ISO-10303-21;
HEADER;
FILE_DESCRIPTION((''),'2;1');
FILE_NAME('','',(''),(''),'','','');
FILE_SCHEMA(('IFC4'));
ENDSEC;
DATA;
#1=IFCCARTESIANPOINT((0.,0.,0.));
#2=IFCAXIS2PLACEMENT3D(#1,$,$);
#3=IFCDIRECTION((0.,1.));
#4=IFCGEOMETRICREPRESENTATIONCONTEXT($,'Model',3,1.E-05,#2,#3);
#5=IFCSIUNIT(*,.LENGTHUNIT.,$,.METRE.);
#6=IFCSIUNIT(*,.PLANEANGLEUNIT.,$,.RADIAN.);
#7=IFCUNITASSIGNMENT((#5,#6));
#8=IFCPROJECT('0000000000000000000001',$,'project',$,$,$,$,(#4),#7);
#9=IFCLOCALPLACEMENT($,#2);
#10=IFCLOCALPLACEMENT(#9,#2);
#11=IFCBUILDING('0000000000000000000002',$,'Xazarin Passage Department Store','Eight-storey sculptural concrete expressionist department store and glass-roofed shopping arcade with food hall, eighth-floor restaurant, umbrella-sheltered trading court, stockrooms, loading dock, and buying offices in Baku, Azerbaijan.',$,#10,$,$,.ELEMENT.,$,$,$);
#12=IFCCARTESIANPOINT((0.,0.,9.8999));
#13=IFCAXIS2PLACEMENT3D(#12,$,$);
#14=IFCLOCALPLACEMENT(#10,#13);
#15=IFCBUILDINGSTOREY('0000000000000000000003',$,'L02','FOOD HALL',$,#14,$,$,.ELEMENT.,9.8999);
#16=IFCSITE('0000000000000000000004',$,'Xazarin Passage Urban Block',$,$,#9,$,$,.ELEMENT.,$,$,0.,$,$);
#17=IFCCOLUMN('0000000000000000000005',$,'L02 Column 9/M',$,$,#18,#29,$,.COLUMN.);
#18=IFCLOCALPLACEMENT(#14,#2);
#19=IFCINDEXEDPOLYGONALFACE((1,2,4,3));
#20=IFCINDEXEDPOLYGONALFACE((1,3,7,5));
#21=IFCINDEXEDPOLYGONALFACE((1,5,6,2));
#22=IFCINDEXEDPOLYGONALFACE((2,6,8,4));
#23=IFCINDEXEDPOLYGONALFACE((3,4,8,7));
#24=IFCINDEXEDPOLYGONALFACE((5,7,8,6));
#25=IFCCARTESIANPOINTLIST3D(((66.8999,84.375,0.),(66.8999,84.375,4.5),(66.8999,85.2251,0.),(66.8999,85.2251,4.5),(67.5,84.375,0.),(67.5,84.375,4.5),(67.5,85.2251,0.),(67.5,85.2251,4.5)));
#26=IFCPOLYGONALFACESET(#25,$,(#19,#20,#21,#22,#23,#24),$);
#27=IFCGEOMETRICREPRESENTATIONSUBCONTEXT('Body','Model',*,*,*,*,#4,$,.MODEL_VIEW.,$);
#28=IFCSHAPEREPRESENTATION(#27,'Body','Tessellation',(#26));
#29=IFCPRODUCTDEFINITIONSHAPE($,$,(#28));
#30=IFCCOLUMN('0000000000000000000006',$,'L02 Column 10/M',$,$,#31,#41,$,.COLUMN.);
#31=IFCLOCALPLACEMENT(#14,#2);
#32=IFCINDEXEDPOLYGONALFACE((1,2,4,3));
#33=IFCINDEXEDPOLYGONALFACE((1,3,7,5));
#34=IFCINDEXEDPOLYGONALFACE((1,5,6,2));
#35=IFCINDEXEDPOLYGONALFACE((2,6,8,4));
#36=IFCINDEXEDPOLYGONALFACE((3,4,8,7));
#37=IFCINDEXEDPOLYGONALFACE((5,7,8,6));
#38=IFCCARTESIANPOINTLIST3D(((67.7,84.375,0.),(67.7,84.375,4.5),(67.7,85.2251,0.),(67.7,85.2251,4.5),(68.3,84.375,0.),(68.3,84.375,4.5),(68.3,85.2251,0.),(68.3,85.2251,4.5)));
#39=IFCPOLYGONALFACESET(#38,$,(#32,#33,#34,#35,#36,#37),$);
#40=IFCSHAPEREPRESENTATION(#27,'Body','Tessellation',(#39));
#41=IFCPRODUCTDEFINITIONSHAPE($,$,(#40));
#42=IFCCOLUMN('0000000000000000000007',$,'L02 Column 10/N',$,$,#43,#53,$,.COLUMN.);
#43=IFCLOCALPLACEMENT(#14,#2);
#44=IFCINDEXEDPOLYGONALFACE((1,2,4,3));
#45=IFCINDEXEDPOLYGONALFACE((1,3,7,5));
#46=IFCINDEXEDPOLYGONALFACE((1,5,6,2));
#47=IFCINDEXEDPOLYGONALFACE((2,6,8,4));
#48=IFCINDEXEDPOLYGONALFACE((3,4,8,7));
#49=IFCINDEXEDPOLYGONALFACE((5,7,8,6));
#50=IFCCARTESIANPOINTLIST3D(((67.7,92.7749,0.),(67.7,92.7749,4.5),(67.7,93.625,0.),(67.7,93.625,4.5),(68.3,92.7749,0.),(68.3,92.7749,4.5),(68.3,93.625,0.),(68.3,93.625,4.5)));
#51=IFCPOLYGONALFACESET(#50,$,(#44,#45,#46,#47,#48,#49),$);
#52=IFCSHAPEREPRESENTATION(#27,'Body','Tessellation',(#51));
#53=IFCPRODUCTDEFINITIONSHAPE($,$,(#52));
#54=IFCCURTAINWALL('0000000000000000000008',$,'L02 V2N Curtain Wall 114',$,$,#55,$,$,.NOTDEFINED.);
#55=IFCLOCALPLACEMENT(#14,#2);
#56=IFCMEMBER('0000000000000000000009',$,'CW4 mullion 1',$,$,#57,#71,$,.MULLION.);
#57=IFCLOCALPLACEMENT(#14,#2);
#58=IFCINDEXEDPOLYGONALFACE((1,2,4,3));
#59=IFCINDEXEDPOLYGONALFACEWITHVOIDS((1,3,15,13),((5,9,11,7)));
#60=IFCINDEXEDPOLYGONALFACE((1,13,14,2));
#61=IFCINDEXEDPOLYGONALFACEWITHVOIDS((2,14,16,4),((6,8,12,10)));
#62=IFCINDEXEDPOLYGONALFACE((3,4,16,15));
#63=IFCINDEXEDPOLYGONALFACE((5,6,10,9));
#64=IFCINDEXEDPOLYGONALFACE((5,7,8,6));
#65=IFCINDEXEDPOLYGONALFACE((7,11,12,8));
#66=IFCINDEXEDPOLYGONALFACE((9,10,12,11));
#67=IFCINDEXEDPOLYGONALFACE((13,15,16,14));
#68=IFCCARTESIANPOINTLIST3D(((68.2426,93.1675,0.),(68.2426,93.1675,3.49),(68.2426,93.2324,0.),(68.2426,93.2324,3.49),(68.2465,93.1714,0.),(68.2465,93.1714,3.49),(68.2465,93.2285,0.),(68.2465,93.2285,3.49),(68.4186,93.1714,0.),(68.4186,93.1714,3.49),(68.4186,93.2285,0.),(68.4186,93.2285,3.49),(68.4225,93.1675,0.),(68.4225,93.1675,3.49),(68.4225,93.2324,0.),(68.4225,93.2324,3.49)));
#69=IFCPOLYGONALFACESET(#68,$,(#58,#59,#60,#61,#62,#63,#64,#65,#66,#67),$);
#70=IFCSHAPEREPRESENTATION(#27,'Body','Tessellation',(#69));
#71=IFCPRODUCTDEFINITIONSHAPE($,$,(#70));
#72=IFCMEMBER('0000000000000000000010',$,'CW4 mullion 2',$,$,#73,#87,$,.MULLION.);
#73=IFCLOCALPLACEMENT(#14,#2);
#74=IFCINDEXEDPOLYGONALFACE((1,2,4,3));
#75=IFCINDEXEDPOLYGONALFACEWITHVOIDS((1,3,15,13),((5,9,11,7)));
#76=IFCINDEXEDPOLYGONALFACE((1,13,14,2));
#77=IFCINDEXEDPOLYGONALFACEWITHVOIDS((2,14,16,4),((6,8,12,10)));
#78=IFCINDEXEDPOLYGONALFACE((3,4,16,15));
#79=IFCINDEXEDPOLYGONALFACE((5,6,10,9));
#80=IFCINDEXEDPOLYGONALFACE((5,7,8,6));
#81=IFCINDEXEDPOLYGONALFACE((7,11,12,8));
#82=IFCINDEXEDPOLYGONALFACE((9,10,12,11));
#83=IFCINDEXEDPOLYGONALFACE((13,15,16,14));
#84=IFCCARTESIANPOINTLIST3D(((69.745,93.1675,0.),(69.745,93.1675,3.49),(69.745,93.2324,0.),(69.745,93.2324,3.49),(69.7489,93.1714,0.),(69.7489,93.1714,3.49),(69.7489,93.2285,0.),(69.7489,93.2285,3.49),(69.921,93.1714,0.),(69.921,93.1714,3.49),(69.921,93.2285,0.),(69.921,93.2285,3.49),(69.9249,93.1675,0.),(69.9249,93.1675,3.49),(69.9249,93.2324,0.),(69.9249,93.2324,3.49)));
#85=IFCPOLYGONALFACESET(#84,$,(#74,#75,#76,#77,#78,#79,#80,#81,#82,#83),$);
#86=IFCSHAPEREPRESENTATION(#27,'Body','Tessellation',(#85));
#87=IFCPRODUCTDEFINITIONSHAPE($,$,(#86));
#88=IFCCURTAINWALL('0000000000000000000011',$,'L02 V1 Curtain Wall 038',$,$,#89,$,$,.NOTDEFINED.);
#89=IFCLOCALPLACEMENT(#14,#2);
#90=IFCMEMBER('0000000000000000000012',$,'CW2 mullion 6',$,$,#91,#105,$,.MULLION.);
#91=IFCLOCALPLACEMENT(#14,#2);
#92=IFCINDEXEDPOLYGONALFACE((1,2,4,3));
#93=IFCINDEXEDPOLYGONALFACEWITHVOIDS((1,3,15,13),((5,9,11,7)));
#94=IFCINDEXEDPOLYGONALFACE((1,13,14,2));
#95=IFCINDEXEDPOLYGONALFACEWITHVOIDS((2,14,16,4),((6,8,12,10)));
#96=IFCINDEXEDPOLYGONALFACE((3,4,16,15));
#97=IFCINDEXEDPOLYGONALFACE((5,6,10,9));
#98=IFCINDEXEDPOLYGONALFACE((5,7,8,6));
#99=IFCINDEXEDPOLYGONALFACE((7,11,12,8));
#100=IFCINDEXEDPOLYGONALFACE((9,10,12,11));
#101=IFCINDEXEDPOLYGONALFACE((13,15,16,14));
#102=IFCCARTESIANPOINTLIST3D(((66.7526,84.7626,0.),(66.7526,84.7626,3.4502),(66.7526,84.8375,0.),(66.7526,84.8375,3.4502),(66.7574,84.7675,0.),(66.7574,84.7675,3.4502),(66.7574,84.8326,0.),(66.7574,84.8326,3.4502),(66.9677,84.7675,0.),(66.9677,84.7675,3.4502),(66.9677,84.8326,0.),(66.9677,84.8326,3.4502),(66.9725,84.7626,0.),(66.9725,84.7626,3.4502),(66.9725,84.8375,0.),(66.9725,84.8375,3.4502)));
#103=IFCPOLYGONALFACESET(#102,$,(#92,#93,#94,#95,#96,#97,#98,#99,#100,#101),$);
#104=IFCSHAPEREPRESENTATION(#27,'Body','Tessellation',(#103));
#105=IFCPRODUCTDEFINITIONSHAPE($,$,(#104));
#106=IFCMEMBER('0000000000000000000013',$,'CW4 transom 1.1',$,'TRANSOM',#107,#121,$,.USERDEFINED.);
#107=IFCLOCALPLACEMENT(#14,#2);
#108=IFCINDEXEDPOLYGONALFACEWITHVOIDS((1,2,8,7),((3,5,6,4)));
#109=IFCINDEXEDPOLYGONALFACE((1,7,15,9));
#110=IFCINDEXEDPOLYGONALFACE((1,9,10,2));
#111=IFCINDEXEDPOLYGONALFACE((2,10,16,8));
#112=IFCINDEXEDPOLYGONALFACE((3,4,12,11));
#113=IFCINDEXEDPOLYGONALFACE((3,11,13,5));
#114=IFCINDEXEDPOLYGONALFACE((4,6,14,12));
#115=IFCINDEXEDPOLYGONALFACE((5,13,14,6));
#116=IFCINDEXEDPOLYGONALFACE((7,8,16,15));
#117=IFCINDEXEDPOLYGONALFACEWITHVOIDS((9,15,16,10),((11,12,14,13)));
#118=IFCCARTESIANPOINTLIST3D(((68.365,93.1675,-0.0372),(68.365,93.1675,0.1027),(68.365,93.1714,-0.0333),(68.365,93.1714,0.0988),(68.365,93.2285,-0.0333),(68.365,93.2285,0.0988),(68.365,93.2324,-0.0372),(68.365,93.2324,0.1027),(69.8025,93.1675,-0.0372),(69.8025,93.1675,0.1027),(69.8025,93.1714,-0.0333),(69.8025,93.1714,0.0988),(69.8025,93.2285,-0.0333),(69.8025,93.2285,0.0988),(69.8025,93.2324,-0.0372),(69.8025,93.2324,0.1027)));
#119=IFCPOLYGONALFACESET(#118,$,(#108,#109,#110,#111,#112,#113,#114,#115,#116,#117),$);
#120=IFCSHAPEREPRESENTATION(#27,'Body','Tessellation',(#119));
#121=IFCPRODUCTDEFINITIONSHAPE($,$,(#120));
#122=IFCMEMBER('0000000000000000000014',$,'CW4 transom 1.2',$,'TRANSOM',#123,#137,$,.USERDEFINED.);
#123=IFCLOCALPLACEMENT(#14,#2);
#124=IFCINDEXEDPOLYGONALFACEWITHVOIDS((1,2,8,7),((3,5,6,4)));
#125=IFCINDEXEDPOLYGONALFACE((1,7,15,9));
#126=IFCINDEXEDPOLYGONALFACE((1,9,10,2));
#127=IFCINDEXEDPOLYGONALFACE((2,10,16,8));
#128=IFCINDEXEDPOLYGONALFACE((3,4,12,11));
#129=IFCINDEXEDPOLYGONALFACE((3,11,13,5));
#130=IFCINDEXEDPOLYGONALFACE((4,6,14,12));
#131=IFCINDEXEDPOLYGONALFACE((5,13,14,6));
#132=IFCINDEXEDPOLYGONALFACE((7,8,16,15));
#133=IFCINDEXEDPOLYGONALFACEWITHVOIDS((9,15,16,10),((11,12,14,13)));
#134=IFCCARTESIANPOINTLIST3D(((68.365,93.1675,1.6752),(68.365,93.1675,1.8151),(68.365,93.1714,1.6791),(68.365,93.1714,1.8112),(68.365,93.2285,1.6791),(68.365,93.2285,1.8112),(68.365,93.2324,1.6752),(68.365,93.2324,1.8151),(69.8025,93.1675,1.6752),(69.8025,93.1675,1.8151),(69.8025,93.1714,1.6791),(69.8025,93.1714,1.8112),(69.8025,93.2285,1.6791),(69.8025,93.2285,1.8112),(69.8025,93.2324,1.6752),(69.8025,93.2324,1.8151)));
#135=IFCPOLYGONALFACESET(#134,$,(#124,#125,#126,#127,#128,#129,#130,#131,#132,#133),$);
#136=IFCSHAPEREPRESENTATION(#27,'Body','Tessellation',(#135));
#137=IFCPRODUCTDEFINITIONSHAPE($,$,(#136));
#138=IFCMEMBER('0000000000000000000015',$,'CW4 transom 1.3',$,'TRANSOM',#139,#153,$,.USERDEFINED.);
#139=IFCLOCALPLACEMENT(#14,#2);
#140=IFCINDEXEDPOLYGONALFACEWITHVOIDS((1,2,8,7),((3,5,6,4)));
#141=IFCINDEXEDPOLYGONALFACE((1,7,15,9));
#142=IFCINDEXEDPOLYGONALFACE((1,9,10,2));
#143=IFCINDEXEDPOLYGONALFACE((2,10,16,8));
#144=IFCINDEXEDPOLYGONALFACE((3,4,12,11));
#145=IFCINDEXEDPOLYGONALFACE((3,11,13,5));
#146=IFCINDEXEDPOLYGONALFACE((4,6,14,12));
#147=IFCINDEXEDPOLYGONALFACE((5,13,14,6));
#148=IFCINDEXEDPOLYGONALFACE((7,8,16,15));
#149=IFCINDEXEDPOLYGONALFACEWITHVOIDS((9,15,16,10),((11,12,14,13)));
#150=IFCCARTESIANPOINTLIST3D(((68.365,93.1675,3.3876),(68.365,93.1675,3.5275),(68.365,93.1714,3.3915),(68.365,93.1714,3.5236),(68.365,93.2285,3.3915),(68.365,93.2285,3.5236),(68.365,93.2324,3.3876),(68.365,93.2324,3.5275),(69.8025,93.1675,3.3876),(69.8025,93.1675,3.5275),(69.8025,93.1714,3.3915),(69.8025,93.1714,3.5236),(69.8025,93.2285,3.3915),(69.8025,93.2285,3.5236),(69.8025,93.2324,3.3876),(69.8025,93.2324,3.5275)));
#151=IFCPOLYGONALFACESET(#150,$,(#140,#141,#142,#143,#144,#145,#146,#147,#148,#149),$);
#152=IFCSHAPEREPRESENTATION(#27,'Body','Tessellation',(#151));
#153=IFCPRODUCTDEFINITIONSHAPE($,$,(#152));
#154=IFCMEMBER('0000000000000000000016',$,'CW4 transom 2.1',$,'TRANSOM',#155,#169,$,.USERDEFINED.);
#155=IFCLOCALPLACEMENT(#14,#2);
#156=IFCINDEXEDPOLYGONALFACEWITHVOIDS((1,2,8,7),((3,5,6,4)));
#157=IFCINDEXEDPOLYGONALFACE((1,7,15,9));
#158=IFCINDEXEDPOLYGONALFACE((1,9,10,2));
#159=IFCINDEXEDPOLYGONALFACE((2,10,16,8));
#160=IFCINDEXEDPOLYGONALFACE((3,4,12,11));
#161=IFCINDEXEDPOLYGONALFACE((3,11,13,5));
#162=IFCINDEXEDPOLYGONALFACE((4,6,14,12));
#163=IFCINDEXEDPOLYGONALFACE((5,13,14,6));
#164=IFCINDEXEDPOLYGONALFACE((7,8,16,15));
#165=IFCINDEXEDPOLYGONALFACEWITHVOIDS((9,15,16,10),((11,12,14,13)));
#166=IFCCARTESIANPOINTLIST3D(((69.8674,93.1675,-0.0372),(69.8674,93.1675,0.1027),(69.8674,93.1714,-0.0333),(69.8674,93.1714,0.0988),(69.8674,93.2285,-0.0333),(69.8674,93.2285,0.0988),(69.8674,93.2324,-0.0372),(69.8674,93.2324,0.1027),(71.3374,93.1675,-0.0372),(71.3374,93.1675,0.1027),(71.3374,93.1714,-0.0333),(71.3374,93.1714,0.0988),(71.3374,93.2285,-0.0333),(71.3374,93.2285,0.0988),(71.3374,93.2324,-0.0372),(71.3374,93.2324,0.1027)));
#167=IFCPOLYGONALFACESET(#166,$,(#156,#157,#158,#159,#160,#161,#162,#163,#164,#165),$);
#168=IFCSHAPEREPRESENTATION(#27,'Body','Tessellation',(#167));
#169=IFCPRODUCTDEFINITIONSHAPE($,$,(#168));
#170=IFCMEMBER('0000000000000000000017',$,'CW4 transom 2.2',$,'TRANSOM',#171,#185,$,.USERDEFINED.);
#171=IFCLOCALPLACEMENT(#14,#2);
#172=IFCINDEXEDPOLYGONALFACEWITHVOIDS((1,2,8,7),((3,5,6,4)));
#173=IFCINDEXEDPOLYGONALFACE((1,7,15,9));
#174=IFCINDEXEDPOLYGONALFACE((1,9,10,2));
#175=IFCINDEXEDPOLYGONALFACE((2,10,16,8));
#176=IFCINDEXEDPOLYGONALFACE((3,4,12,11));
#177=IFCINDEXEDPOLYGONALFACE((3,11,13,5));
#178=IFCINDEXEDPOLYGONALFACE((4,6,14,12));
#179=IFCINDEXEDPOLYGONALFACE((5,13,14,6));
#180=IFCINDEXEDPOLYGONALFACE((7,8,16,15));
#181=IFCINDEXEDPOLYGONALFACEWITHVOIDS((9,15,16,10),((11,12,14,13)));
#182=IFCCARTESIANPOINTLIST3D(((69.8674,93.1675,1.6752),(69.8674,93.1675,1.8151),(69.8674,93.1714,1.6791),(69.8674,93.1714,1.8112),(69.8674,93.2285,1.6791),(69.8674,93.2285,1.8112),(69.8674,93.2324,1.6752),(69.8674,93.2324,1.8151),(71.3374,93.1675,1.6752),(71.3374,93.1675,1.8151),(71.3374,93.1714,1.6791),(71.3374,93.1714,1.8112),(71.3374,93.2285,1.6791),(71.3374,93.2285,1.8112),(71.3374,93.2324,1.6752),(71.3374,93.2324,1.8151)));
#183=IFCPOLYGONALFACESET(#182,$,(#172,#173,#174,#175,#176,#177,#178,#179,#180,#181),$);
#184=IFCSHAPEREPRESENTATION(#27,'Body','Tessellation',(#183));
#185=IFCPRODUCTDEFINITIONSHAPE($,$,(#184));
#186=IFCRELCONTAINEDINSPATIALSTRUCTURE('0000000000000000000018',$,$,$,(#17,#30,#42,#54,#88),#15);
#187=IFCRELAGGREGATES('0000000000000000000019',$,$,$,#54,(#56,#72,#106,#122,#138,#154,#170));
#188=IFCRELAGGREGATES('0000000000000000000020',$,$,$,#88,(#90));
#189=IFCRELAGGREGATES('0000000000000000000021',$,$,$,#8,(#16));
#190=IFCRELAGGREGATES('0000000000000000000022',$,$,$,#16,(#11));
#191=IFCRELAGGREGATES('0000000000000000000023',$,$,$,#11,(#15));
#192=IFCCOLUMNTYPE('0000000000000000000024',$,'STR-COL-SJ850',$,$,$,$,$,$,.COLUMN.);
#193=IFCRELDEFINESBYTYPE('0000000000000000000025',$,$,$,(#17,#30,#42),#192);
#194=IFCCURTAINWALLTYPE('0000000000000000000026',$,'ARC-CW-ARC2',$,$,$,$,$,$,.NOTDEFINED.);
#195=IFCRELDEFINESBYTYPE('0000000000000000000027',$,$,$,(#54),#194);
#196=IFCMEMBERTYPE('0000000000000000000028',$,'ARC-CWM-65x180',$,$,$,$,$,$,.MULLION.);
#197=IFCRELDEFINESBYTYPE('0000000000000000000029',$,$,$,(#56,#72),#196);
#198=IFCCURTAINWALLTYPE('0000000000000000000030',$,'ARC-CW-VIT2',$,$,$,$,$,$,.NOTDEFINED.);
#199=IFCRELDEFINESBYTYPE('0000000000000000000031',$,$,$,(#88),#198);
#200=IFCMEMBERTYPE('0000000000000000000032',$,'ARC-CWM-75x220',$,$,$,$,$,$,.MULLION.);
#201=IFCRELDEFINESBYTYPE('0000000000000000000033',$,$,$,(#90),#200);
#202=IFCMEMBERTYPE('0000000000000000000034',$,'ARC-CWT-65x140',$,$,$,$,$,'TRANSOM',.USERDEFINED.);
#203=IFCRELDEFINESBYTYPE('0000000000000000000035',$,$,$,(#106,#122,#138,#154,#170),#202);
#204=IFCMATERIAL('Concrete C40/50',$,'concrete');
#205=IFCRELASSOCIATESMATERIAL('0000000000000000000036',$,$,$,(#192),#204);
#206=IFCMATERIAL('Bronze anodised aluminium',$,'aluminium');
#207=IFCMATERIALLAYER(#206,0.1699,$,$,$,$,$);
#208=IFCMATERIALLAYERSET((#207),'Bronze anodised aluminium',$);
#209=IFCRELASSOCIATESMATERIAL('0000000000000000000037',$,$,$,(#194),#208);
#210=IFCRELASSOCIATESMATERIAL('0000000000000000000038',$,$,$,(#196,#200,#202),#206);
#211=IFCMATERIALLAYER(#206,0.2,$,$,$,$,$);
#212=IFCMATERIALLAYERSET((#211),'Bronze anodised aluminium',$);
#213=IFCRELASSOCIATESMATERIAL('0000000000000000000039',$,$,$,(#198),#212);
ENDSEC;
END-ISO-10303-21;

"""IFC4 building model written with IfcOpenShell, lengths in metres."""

from ifc_helpers import new_model, si_unit, direction, frame, origin, origin_2d, place, context, subcontext, project, spatial, rectangle, hollow_rectangle, extrude, material, layer, layer_set, material_profile, profile_set, type_object, element, aggregate, save


model = new_model("IFC4")

# Units and contexts
model_context = context("Model", 3, precision=1e-05, world=origin(), true_north=direction((0.0, 1.0)))
body_context = subcontext(model_context, "Body", "Model", "MODEL_VIEW")
ifc_project = project(units=[si_unit("LENGTHUNIT", "METRE"), si_unit("PLANEANGLEUNIT", "RADIAN")], contexts=[model_context])

# Site, building, storey
site_placement = place(None, origin())
site = spatial("IfcSite", under=ifc_project, at=site_placement, Name="Xazarin Passage Urban Block", CompositionType="ELEMENT", RefElevation=0.0)
building_placement = place(site_placement, origin())
building = spatial("IfcBuilding", under=site, at=building_placement, Name="Xazarin Passage Department Store", Description="Eight-storey sculptural concrete expressionist department store and glass-roofed shopping arcade with food hall, eighth-floor restaurant, umbrella-sheltered trading court, stockrooms, loading dock, and buying offices in Baku, Azerbaijan.", CompositionType="ELEMENT")
storey_placement = place(building_placement, frame((0.0, 0.0, 9.8999)))
storey = spatial("IfcBuildingStorey", under=building, at=storey_placement, Name="L02", Description="FOOD HALL", CompositionType="ELEMENT", Elevation=9.8999)

# Columns
ifc_material_1 = material(Name="Concrete C40/50", Category="concrete")
ifc_material_profile_1 = material_profile(ifc_material_1, rectangle(XDim=0.6001, YDim=0.8501, at=origin_2d()), Name="RC 600x850")
ifc_profile_set_1 = profile_set([ifc_material_profile_1], Name="Concrete C40/50")
column_type = type_object("IfcColumnType", Name="STR-COL-SJ850", PredefinedType="COLUMN", material=ifc_profile_set_1)
for number, where, z_axis, x_axis, name in (
    (1, (67.2, 84.8, 0.0), (0.0, 0.0, 1.0), (1.0, 0.0, 0.0), "L02 Column 9/M"),
    (2, (68.0, 84.8, 0.0), (0.0, 0.0, 1.0), (1.0, 0.0, 0.0), "L02 Column 10/M"),
    (3, (68.0, 93.2, 0.0), (0.0, 0.0, 1.0), (1.0, 0.0, 0.0), "L02 Column 10/N"),
):
    element("IfcColumn", number, at=place(storey_placement, frame(where, z_axis=z_axis, x_axis=x_axis)), inside=storey, type_object=column_type, Name=name, PredefinedType="COLUMN", context=body_context, shape_type="SweptSolid", body=[
        extrude(rectangle(XDim=0.6001, YDim=0.8501, at=origin_2d()), origin(), (0.0, 0.0, 1.0), 4.5),
    ])

# Curtain wall, members
ifc_material_2 = material(Name="Bronze anodised aluminium", Category="aluminium")
ifc_layer_1 = layer(ifc_material_2, 0.1699)
ifc_layer_set_1 = layer_set([ifc_layer_1], Name="Bronze anodised aluminium")
curtain_wall_type_1 = type_object("IfcCurtainWallType", Name="ARC-CW-ARC2", PredefinedType="NOTDEFINED", material=ifc_layer_set_1)
curtain_wall_1_placement = place(storey_placement, origin())
curtain_wall_1 = element("IfcCurtainWall", 4, at=curtain_wall_1_placement, inside=storey, type_object=curtain_wall_type_1, Name="L02 V2N Curtain Wall 114", PredefinedType="NOTDEFINED")
ifc_material_profile_2 = material_profile(ifc_material_2, hollow_rectangle(XDim=0.0649, YDim=0.1799, WallThickness=0.0039, at=origin_2d()), Name="ALU 65x180")
ifc_profile_set_2 = profile_set([ifc_material_profile_2], Name="Bronze anodised aluminium")
member_type_1 = type_object("IfcMemberType", Name="ARC-CWM-65x180", PredefinedType="MULLION", material=ifc_profile_set_2)
member_1_placement = place(storey_placement, frame((68.3325, 93.2, 0.0), z_axis=(0.0, 0.0, 1.0), x_axis=(0.0, 1.0, 0.0)))
member_1 = element("IfcMember", 5, at=member_1_placement, type_object=member_type_1, Name="CW4 mullion 1", PredefinedType="MULLION", context=body_context, shape_type="SweptSolid", body=[
    extrude(hollow_rectangle(XDim=0.0649, YDim=0.1799, WallThickness=0.0039, at=origin_2d()), origin(), (0.0, 0.0, 1.0), 3.49),
])
member_2_placement = place(storey_placement, frame((69.835, 93.2, 0.0), z_axis=(0.0, 0.0, 1.0), x_axis=(0.0, 1.0, 0.0)))
member_2 = element("IfcMember", 6, at=member_2_placement, type_object=member_type_1, Name="CW4 mullion 2", PredefinedType="MULLION", context=body_context, shape_type="SweptSolid", body=[
    extrude(hollow_rectangle(XDim=0.0649, YDim=0.1799, WallThickness=0.0039, at=origin_2d()), origin(), (0.0, 0.0, 1.0), 3.49),
])

# Curtain wall, member
ifc_layer_2 = layer(ifc_material_2, 0.2)
ifc_layer_set_2 = layer_set([ifc_layer_2], Name="Bronze anodised aluminium")
curtain_wall_type_2 = type_object("IfcCurtainWallType", Name="ARC-CW-VIT2", PredefinedType="NOTDEFINED", material=ifc_layer_set_2)
curtain_wall_2_placement = place(storey_placement, origin())
curtain_wall_2 = element("IfcCurtainWall", 7, at=curtain_wall_2_placement, inside=storey, type_object=curtain_wall_type_2, Name="L02 V1 Curtain Wall 038", PredefinedType="NOTDEFINED")
ifc_material_profile_3 = material_profile(ifc_material_2, hollow_rectangle(XDim=0.075, YDim=0.22, WallThickness=0.0049, at=origin_2d()), Name="ALU 75x220")
ifc_profile_set_3 = profile_set([ifc_material_profile_3], Name="Bronze anodised aluminium")
member_type_2 = type_object("IfcMemberType", Name="ARC-CWM-75x220", PredefinedType="MULLION", material=ifc_profile_set_3)
member_3_placement = place(storey_placement, frame((66.8625, 84.8, 0.0), z_axis=(0.0, 0.0, 1.0), x_axis=(0.0, 1.0, 0.0)))
member_3 = element("IfcMember", 8, at=member_3_placement, type_object=member_type_2, Name="CW2 mullion 6", PredefinedType="MULLION", context=body_context, shape_type="SweptSolid", body=[
    extrude(hollow_rectangle(XDim=0.075, YDim=0.22, WallThickness=0.0049, at=origin_2d()), origin(), (0.0, 0.0, 1.0), 3.4502),
])

# Members
ifc_material_profile_4 = material_profile(ifc_material_2, hollow_rectangle(XDim=0.0649, YDim=0.1399, WallThickness=0.0039, at=origin_2d()), Name="ALU 65x140")
ifc_profile_set_4 = profile_set([ifc_material_profile_4], Name="Bronze anodised aluminium")
member_type_3 = type_object("IfcMemberType", Name="ARC-CWT-65x140", ElementType="TRANSOM", PredefinedType="USERDEFINED", material=ifc_profile_set_4)
member_4_placement = place(storey_placement, frame((68.365, 93.2, 0.0327), z_axis=(1.0, 0.0, 0.0), x_axis=(0.0, 1.0, 0.0)))
member_4 = element("IfcMember", 9, at=member_4_placement, type_object=member_type_3, Name="CW4 transom 1.1", ObjectType="TRANSOM", PredefinedType="USERDEFINED", context=body_context, shape_type="SweptSolid", body=[
    extrude(hollow_rectangle(XDim=0.0649, YDim=0.1399, WallThickness=0.0039, at=origin_2d()), origin(), (0.0, 0.0, 1.0), 1.4375),
])
member_5_placement = place(storey_placement, frame((68.365, 93.2, 1.7451), z_axis=(1.0, 0.0, 0.0), x_axis=(0.0, 1.0, 0.0)))
member_5 = element("IfcMember", 10, at=member_5_placement, type_object=member_type_3, Name="CW4 transom 1.2", ObjectType="TRANSOM", PredefinedType="USERDEFINED", context=body_context, shape_type="SweptSolid", body=[
    extrude(hollow_rectangle(XDim=0.0649, YDim=0.1399, WallThickness=0.0039, at=origin_2d()), origin(), (0.0, 0.0, 1.0), 1.4375),
])
member_6_placement = place(storey_placement, frame((68.365, 93.2, 3.4575), z_axis=(1.0, 0.0, 0.0), x_axis=(0.0, 1.0, 0.0)))
member_6 = element("IfcMember", 11, at=member_6_placement, type_object=member_type_3, Name="CW4 transom 1.3", ObjectType="TRANSOM", PredefinedType="USERDEFINED", context=body_context, shape_type="SweptSolid", body=[
    extrude(hollow_rectangle(XDim=0.0649, YDim=0.1399, WallThickness=0.0039, at=origin_2d()), origin(), (0.0, 0.0, 1.0), 1.4375),
])
member_7_placement = place(storey_placement, frame((69.8674, 93.2, 0.0327), z_axis=(1.0, 0.0, 0.0), x_axis=(0.0, 1.0, 0.0)))
member_7 = element("IfcMember", 12, at=member_7_placement, type_object=member_type_3, Name="CW4 transom 2.1", ObjectType="TRANSOM", PredefinedType="USERDEFINED", context=body_context, shape_type="SweptSolid", body=[
    extrude(hollow_rectangle(XDim=0.0649, YDim=0.1399, WallThickness=0.0039, at=origin_2d()), origin(), (0.0, 0.0, 1.0), 1.47),
])
member_8_placement = place(storey_placement, frame((69.8674, 93.2, 1.7451), z_axis=(1.0, 0.0, 0.0), x_axis=(0.0, 1.0, 0.0)))
member_8 = element("IfcMember", 13, at=member_8_placement, type_object=member_type_3, Name="CW4 transom 2.2", ObjectType="TRANSOM", PredefinedType="USERDEFINED", context=body_context, shape_type="SweptSolid", body=[
    extrude(hollow_rectangle(XDim=0.0649, YDim=0.1399, WallThickness=0.0039, at=origin_2d()), origin(), (0.0, 0.0, 1.0), 1.47),
])

aggregate(curtain_wall_1, [member_1, member_2, member_4, member_5, member_6, member_7, member_8])
aggregate(curtain_wall_2, [member_3])

save(model, "model.ifc")
